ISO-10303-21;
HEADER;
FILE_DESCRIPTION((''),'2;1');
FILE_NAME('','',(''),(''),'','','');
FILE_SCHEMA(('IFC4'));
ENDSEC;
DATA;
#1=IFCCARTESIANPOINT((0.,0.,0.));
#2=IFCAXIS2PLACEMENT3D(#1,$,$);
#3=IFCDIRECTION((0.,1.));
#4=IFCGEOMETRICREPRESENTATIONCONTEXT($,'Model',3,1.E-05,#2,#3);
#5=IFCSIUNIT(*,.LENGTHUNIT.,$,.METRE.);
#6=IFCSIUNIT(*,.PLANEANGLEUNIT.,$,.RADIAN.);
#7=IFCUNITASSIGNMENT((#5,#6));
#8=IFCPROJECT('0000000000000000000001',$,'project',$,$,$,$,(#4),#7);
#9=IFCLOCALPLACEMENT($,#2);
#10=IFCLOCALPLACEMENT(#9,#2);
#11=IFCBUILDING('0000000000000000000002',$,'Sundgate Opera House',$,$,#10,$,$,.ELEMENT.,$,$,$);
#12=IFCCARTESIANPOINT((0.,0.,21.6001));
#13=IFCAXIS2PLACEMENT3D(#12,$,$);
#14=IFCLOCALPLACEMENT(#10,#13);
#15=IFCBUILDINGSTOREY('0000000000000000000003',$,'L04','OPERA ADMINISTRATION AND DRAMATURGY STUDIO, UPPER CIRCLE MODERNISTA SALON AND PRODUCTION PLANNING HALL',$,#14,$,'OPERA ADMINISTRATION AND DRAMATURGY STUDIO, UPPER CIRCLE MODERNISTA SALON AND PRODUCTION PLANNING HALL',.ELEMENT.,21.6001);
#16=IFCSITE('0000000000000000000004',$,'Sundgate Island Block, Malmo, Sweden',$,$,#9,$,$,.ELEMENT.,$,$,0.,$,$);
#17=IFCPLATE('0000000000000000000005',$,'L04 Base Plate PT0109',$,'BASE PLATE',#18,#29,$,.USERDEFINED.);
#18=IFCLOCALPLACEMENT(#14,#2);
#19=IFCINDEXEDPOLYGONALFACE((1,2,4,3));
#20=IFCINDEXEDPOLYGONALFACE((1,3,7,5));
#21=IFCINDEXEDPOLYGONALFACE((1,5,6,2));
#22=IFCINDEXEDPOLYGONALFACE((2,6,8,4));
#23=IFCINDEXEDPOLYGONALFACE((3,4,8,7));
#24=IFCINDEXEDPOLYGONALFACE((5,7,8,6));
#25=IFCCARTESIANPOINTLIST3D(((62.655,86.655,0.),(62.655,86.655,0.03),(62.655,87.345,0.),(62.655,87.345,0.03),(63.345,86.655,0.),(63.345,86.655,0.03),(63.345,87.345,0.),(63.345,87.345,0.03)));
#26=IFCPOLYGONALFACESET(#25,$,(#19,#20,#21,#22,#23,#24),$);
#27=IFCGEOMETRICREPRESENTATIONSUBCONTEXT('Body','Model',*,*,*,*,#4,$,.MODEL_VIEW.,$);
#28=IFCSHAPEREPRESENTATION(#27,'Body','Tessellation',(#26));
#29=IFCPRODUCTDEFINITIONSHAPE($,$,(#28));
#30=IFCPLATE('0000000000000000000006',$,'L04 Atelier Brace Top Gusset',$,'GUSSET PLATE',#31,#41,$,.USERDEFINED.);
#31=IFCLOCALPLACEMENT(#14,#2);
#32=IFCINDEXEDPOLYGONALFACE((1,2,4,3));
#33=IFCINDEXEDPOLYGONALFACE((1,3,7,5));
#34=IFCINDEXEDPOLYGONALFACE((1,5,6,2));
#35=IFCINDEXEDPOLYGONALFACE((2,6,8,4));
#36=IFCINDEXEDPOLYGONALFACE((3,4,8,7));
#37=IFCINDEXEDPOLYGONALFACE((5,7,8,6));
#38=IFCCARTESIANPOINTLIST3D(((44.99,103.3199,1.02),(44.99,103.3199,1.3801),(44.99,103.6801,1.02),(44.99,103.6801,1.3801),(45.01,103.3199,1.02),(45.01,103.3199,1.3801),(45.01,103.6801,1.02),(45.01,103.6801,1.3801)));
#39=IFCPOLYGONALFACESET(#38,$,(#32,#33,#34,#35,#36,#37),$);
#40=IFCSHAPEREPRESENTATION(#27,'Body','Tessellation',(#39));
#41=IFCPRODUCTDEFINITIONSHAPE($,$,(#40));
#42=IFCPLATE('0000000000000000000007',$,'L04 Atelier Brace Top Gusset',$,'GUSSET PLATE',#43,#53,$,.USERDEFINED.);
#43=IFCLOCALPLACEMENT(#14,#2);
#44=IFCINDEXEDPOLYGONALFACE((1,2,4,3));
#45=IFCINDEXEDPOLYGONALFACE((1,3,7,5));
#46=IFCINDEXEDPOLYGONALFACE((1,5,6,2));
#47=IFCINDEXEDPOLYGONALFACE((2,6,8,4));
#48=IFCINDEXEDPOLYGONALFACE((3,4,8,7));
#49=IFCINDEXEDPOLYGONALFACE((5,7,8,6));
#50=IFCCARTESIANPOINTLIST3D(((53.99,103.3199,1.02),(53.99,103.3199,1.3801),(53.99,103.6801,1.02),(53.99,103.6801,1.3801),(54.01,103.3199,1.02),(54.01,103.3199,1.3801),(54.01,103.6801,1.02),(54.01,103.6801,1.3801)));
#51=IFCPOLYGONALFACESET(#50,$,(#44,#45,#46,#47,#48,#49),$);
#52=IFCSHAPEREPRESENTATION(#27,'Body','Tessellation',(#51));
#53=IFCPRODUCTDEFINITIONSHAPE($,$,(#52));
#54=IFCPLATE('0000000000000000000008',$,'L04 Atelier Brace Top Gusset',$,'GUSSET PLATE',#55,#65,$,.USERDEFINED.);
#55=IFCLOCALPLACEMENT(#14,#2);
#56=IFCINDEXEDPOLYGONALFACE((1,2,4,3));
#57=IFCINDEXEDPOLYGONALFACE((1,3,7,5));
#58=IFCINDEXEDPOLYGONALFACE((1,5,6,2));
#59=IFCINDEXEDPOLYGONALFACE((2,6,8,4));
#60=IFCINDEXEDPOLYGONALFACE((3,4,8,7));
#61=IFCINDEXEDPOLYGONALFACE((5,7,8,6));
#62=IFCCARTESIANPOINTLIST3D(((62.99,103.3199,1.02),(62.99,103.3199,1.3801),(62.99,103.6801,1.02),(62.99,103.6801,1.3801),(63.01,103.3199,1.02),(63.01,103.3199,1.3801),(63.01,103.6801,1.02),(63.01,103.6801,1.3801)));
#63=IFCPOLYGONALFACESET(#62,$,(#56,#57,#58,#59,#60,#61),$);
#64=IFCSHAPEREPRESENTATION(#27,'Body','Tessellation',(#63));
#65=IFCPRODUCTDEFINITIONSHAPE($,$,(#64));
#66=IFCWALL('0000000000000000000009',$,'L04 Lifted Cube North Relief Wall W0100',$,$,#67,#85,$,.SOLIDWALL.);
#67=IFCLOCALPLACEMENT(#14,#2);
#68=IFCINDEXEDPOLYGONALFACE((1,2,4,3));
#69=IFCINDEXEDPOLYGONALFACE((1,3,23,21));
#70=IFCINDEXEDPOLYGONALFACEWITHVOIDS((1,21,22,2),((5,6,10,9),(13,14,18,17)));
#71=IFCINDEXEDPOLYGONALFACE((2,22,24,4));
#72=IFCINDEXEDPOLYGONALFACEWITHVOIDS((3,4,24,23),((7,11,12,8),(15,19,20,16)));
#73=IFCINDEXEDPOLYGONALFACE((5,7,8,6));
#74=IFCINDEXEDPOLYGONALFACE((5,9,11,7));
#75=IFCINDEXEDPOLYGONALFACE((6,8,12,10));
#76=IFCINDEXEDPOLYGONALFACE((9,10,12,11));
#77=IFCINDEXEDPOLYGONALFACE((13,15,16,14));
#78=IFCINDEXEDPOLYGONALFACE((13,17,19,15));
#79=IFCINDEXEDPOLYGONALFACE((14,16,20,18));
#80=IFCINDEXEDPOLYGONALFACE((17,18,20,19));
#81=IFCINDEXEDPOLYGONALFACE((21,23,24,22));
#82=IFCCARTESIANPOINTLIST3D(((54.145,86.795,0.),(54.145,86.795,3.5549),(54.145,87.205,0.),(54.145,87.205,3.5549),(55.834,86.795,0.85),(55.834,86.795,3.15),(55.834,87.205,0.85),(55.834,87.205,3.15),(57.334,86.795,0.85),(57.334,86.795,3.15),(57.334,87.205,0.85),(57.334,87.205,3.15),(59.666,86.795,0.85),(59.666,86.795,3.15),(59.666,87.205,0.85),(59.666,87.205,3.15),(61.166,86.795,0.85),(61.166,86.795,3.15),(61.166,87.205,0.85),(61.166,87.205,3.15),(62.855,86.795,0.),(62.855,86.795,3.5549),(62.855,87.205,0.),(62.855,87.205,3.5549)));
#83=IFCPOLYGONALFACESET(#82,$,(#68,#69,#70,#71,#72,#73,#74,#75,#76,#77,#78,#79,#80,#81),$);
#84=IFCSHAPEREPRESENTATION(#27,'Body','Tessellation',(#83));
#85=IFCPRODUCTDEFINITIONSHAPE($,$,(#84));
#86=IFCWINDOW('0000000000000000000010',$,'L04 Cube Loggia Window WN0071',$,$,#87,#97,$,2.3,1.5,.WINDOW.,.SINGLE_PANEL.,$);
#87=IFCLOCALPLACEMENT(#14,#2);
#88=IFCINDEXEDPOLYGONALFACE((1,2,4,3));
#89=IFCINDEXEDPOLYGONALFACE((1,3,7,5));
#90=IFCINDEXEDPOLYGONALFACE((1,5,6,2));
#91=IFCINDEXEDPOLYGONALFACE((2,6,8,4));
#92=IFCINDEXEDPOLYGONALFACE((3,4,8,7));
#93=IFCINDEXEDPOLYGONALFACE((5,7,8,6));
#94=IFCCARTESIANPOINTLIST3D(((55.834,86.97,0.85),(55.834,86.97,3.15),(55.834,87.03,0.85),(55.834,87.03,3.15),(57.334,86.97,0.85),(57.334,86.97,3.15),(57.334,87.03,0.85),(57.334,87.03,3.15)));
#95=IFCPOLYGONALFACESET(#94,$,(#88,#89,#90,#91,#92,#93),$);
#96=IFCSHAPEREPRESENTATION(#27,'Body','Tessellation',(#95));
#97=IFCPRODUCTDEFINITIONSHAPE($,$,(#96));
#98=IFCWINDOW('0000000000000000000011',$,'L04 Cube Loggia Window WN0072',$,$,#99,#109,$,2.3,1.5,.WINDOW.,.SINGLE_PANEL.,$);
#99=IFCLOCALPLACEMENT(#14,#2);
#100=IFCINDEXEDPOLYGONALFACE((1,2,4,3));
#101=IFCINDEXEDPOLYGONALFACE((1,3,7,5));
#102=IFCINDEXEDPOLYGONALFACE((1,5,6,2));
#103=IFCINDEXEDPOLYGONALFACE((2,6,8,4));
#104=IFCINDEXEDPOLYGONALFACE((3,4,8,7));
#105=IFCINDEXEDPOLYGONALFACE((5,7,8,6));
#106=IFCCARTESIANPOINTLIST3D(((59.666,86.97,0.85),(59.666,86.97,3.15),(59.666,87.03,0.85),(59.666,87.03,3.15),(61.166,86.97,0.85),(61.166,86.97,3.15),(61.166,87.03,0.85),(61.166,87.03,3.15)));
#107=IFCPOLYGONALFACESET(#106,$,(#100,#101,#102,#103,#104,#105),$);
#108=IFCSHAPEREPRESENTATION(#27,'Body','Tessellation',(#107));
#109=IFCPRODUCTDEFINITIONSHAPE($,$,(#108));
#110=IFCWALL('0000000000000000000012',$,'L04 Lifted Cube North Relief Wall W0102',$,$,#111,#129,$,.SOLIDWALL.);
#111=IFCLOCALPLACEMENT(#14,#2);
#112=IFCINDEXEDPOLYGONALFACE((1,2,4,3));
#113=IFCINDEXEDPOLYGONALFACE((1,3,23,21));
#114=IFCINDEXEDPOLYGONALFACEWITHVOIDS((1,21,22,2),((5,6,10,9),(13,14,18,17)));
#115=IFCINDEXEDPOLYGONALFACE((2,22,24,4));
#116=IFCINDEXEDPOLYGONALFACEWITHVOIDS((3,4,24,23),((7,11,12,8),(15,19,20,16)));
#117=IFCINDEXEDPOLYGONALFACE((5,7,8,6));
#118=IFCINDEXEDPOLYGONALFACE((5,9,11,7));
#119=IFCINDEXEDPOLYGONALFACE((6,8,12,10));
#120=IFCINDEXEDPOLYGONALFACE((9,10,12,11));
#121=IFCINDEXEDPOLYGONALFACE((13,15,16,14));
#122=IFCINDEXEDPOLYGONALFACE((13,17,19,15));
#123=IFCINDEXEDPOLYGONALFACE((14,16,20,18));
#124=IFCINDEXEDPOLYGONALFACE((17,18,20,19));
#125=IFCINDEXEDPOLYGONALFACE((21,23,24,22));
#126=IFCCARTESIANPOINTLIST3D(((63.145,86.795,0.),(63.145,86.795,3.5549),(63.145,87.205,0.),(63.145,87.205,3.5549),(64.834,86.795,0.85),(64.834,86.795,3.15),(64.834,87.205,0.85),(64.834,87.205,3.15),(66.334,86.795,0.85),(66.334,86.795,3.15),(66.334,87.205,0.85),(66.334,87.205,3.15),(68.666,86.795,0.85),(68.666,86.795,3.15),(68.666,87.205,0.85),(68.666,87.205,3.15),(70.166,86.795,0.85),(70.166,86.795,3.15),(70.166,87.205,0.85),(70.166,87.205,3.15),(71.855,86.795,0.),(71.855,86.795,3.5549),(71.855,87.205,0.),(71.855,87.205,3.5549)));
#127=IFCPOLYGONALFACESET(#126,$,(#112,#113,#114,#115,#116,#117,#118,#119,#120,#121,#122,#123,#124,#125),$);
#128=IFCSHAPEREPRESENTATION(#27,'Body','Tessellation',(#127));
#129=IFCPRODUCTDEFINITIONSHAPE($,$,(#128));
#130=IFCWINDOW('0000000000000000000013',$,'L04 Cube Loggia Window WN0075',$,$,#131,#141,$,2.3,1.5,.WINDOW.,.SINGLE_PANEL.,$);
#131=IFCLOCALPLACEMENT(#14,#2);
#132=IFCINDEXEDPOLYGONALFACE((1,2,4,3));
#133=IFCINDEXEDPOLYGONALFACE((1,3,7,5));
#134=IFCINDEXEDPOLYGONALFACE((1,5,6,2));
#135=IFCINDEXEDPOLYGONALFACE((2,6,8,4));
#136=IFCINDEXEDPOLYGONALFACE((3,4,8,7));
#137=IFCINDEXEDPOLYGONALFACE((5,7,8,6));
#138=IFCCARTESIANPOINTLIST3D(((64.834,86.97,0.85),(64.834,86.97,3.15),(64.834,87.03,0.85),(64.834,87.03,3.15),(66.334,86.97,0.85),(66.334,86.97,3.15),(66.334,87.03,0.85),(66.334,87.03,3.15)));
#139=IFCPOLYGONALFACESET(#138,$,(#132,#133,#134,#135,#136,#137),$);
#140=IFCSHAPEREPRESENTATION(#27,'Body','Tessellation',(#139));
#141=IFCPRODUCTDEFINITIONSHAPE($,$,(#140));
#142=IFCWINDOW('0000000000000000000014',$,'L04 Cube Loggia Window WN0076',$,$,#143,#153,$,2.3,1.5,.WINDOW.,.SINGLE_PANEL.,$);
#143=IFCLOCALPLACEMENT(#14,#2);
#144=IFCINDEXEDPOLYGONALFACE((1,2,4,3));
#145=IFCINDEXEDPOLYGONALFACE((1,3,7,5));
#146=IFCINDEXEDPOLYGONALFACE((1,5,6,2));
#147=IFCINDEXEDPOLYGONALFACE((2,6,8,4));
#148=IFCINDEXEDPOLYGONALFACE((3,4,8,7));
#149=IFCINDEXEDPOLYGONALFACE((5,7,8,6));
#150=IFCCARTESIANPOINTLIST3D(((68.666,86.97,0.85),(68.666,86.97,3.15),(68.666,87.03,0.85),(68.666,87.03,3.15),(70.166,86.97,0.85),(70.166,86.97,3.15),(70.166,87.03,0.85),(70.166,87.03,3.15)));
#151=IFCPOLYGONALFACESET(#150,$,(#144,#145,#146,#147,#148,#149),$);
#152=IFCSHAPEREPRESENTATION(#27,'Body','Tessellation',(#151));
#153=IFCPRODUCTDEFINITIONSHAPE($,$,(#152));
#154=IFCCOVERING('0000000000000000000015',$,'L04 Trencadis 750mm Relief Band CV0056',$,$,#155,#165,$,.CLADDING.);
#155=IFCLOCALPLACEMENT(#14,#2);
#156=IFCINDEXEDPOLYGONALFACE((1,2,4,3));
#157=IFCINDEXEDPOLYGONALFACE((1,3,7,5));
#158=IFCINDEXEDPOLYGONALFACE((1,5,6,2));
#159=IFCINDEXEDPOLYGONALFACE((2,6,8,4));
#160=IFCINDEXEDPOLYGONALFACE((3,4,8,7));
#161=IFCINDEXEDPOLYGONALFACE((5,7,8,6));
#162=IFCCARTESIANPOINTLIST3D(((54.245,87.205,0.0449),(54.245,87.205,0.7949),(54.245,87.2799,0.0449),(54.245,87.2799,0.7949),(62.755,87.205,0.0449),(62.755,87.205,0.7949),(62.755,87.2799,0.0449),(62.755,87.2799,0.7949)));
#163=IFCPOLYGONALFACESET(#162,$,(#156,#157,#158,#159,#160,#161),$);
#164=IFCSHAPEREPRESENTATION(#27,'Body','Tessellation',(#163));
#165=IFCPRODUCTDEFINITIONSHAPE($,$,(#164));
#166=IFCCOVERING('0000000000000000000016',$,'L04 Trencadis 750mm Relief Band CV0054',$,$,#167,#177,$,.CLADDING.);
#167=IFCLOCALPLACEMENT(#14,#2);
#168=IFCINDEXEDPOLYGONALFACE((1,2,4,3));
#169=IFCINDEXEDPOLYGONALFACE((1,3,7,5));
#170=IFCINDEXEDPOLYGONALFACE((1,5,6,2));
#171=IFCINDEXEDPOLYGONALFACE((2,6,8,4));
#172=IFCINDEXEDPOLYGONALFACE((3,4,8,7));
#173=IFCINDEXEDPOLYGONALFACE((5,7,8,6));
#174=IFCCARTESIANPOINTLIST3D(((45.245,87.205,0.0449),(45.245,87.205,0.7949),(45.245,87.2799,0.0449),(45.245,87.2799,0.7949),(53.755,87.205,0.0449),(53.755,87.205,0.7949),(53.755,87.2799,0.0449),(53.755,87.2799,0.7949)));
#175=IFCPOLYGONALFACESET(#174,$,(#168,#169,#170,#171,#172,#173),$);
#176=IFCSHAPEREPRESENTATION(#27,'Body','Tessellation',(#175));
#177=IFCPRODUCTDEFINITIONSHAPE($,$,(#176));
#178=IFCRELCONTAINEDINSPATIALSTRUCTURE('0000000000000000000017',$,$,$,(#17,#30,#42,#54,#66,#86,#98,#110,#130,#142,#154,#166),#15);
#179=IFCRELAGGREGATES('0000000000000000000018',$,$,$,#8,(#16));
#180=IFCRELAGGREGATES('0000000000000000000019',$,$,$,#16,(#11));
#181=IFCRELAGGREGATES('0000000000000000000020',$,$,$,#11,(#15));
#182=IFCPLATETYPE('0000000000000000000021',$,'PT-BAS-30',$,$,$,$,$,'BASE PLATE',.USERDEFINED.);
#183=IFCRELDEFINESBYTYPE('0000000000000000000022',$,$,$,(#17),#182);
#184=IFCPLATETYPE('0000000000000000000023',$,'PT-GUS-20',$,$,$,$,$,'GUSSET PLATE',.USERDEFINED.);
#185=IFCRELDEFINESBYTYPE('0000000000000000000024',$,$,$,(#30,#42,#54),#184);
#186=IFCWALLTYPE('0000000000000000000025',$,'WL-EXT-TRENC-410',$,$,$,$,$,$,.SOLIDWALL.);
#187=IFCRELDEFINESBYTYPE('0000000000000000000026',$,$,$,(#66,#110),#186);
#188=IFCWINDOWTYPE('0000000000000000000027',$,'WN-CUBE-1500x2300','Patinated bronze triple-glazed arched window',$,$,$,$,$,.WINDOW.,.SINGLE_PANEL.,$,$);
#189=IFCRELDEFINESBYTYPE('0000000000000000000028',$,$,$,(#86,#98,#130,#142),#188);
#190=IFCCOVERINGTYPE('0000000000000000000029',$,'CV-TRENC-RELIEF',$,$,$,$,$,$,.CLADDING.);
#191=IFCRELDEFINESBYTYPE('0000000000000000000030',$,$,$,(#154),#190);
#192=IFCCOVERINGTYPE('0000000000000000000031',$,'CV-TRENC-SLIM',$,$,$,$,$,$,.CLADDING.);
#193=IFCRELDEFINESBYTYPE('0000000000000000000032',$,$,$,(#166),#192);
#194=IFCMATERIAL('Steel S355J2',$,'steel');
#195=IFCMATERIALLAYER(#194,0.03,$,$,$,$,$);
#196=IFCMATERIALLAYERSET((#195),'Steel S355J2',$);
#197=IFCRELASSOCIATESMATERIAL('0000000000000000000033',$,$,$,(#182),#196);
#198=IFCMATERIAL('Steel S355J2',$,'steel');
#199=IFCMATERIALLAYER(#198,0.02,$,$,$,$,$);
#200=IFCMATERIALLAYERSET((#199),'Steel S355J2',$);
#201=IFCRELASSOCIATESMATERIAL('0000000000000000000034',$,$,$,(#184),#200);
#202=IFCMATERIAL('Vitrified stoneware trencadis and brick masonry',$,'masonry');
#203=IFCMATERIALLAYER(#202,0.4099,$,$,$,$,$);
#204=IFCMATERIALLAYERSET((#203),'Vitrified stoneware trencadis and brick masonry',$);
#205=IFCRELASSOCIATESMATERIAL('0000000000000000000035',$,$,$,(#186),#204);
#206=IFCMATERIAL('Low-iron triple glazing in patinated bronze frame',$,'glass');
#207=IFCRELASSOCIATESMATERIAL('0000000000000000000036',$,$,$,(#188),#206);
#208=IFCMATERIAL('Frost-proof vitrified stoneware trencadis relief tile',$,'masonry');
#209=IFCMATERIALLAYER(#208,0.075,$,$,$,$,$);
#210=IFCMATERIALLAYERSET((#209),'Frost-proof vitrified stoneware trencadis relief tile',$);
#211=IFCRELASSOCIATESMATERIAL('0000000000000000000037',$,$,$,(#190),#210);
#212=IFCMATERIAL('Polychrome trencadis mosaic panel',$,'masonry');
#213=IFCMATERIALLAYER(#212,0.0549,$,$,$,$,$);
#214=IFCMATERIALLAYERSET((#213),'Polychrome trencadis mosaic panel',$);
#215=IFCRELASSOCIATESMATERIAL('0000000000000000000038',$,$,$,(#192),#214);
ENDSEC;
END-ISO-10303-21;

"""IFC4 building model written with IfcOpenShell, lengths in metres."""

from ifc_helpers import new_model, si_unit, direction, frame, frame_2d, origin, origin_2d, place, context, subcontext, project, spatial, rectangle, extrude, material, layer, layer_set, type_object, element, fill, save


model = new_model("IFC4")

# Units and contexts
model_context = context("Model", 3, precision=1e-05, world=origin(), true_north=direction((0.0, 1.0)))
body_context = subcontext(model_context, "Body", "Model", "MODEL_VIEW")
ifc_project = project(units=[si_unit("LENGTHUNIT", "METRE"), si_unit("PLANEANGLEUNIT", "RADIAN")], contexts=[model_context])

# Site, building, storey
site_placement = place(None, origin())
site = spatial("IfcSite", under=ifc_project, at=site_placement, Name="Sundgate Island Block, Malmo, Sweden", CompositionType="ELEMENT", RefElevation=0.0)
building_placement = place(site_placement, origin())
building = spatial("IfcBuilding", under=site, at=building_placement, Name="Sundgate Opera House", CompositionType="ELEMENT")
storey_placement = place(building_placement, frame((0.0, 0.0, 21.6001)))
storey = spatial("IfcBuildingStorey", under=building, at=storey_placement, Name="L04", Description="OPERA ADMINISTRATION AND DRAMATURGY STUDIO, UPPER CIRCLE MODERNISTA SALON AND PRODUCTION PLANNING HALL", LongName="OPERA ADMINISTRATION AND DRAMATURGY STUDIO, UPPER CIRCLE MODERNISTA SALON AND PRODUCTION PLANNING HALL", CompositionType="ELEMENT", Elevation=21.6001)

# Plates
ifc_material_1 = material(Name="Steel S355J2", Category="steel")
ifc_layer_1 = layer(ifc_material_1, 0.03)
ifc_layer_set_1 = layer_set([ifc_layer_1], Name="Steel S355J2")
plate_type_1 = type_object("IfcPlateType", Name="PT-BAS-30", ElementType="BASE PLATE", PredefinedType="USERDEFINED", material=ifc_layer_set_1)
plate_1_placement = place(storey_placement, frame((63.0, 87.0, 0.0), z_axis=(0.0, 0.0, 1.0), x_axis=(1.0, 0.0, 0.0)))
element("IfcPlate", 1, at=plate_1_placement, inside=storey, type_object=plate_type_1, Name="L04 Base Plate PT0109", ObjectType="BASE PLATE", PredefinedType="USERDEFINED", context=body_context, shape_type="SweptSolid", body=[
    extrude(rectangle(XDim=0.6899, YDim=0.6899, at=origin_2d()), origin(), (0.0, 0.0, 1.0), 0.03),
])
ifc_material_2 = material(Name="Steel S355J2", Category="steel")
ifc_layer_2 = layer(ifc_material_2, 0.02)
ifc_layer_set_2 = layer_set([ifc_layer_2], Name="Steel S355J2")
plate_type_2 = type_object("IfcPlateType", Name="PT-GUS-20", ElementType="GUSSET PLATE", PredefinedType="USERDEFINED", material=ifc_layer_set_2)
for number, where, z_axis, x_axis, name in (
    (2, (45.0, 103.5, 1.02), (0.0, 0.0, 1.0), (1.0, 0.0, 0.0), "L04 Atelier Brace Top Gusset"),
    (3, (54.0, 103.5, 1.02), (0.0, 0.0, 1.0), (1.0, 0.0, 0.0), "L04 Atelier Brace Top Gusset"),
    (4, (63.0, 103.5, 1.02), (0.0, 0.0, 1.0), (1.0, 0.0, 0.0), "L04 Atelier Brace Top Gusset"),
):
    element("IfcPlate", number, at=place(storey_placement, frame(where, z_axis=z_axis, x_axis=x_axis)), inside=storey, type_object=plate_type_2, Name=name, ObjectType="GUSSET PLATE", PredefinedType="USERDEFINED", context=body_context, shape_type="SweptSolid", body=[
        extrude(rectangle(XDim=0.02, YDim=0.3601, at=origin_2d()), origin(), (0.0, 0.0, 1.0), 0.3601),
    ])

# Walls, openings, windows
ifc_material_3 = material(Name="Vitrified stoneware trencadis and brick masonry", Category="masonry")
ifc_layer_3 = layer(ifc_material_3, 0.4099)
ifc_layer_set_3 = layer_set([ifc_layer_3], Name="Vitrified stoneware trencadis and brick masonry")
wall_type = type_object("IfcWallType", Name="WL-EXT-TRENC-410", PredefinedType="SOLIDWALL", material=ifc_layer_set_3)
wall_1_placement = place(storey_placement, frame((54.145, 87.0, 0.0), z_axis=(0.0, 0.0, 1.0), x_axis=(1.0, 0.0, 0.0)))
wall_1 = element("IfcWall", 5, at=wall_1_placement, inside=storey, type_object=wall_type, Name="L04 Lifted Cube North Relief Wall W0100", PredefinedType="SOLIDWALL", context=body_context, shape_type="SweptSolid", body=[
    extrude(rectangle(XDim=8.71, YDim=0.4099, at=frame_2d((4.355, 0.0))), origin(), (0.0, 0.0, 1.0), 3.5549),
])
opening_1_placement = place(wall_1_placement, frame((1.689, 0.0, 0.8501)))
opening_1 = element("IfcOpeningElement", 6, at=opening_1_placement, cuts=wall_1, PredefinedType="OPENING", context=body_context, shape_type="SweptSolid", body=[
    extrude(rectangle(XDim=1.5, YDim=2.3, at=frame_2d((0.75, 1.1499))), frame((0.0, 0.2148, 0.0), z_axis=(0.0, -1.0, 0.0), x_axis=(1.0, 0.0, 0.0)), (0.0, 0.0, 1.0), 0.4299),
])
opening_2_placement = place(wall_1_placement, frame((5.521, 0.0, 0.8501)))
opening_2 = element("IfcOpeningElement", 7, at=opening_2_placement, cuts=wall_1, PredefinedType="OPENING", context=body_context, shape_type="SweptSolid", body=[
    extrude(rectangle(XDim=1.5, YDim=2.3, at=frame_2d((0.75, 1.1499))), frame((0.0, 0.2148, 0.0), z_axis=(0.0, -1.0, 0.0), x_axis=(1.0, 0.0, 0.0)), (0.0, 0.0, 1.0), 0.4299),
])
ifc_material_4 = material(Name="Low-iron triple glazing in patinated bronze frame", Category="glass")
window_type = type_object("IfcWindowType", Name="WN-CUBE-1500x2300", Description="Patinated bronze triple-glazed arched window", PartitioningType="SINGLE_PANEL", PredefinedType="WINDOW", material=ifc_material_4)
window_1_placement = place(opening_1_placement, origin())
window_1 = element("IfcWindow", 8, at=window_1_placement, inside=storey, type_object=window_type, Name="L04 Cube Loggia Window WN0071", OverallHeight=2.3, OverallWidth=1.5, PartitioningType="SINGLE_PANEL", PredefinedType="WINDOW", context=body_context, shape_type="SweptSolid", body=[
    extrude(rectangle(XDim=1.5, YDim=2.3, at=frame_2d((0.75, 1.1499))), frame((0.0, 0.03, 0.0), z_axis=(0.0, -1.0, 0.0), x_axis=(1.0, 0.0, 0.0)), (0.0, 0.0, 1.0), 0.0601),
])
fill(opening_1, window_1)
window_2_placement = place(opening_2_placement, origin())
window_2 = element("IfcWindow", 9, at=window_2_placement, inside=storey, type_object=window_type, Name="L04 Cube Loggia Window WN0072", OverallHeight=2.3, OverallWidth=1.5, PartitioningType="SINGLE_PANEL", PredefinedType="WINDOW", context=body_context, shape_type="SweptSolid", body=[
    extrude(rectangle(XDim=1.5, YDim=2.3, at=frame_2d((0.75, 1.1499))), frame((0.0, 0.03, 0.0), z_axis=(0.0, -1.0, 0.0), x_axis=(1.0, 0.0, 0.0)), (0.0, 0.0, 1.0), 0.0601),
])
fill(opening_2, window_2)
wall_2_placement = place(storey_placement, frame((63.145, 87.0, 0.0), z_axis=(0.0, 0.0, 1.0), x_axis=(1.0, 0.0, 0.0)))
wall_2 = element("IfcWall", 10, at=wall_2_placement, inside=storey, type_object=wall_type, Name="L04 Lifted Cube North Relief Wall W0102", PredefinedType="SOLIDWALL", context=body_context, shape_type="SweptSolid", body=[
    extrude(rectangle(XDim=8.71, YDim=0.4099, at=frame_2d((4.355, 0.0))), origin(), (0.0, 0.0, 1.0), 3.5549),
])
opening_3_placement = place(wall_2_placement, frame((1.689, 0.0, 0.8501)))
opening_3 = element("IfcOpeningElement", 11, at=opening_3_placement, cuts=wall_2, PredefinedType="OPENING", context=body_context, shape_type="SweptSolid", body=[
    extrude(rectangle(XDim=1.5, YDim=2.3, at=frame_2d((0.75, 1.1499))), frame((0.0, 0.2148, 0.0), z_axis=(0.0, -1.0, 0.0), x_axis=(1.0, 0.0, 0.0)), (0.0, 0.0, 1.0), 0.4299),
])
opening_4_placement = place(wall_2_placement, frame((5.521, 0.0, 0.8501)))
opening_4 = element("IfcOpeningElement", 12, at=opening_4_placement, cuts=wall_2, PredefinedType="OPENING", context=body_context, shape_type="SweptSolid", body=[
    extrude(rectangle(XDim=1.5, YDim=2.3, at=frame_2d((0.75, 1.1499))), frame((0.0, 0.2148, 0.0), z_axis=(0.0, -1.0, 0.0), x_axis=(1.0, 0.0, 0.0)), (0.0, 0.0, 1.0), 0.4299),
])
window_3_placement = place(opening_3_placement, origin())
window_3 = element("IfcWindow", 13, at=window_3_placement, inside=storey, type_object=window_type, Name="L04 Cube Loggia Window WN0075", OverallHeight=2.3, OverallWidth=1.5, PartitioningType="SINGLE_PANEL", PredefinedType="WINDOW", context=body_context, shape_type="SweptSolid", body=[
    extrude(rectangle(XDim=1.5, YDim=2.3, at=frame_2d((0.75, 1.1499))), frame((0.0, 0.03, 0.0), z_axis=(0.0, -1.0, 0.0), x_axis=(1.0, 0.0, 0.0)), (0.0, 0.0, 1.0), 0.0601),
])
fill(opening_3, window_3)
window_4_placement = place(opening_4_placement, origin())
window_4 = element("IfcWindow", 14, at=window_4_placement, inside=storey, type_object=window_type, Name="L04 Cube Loggia Window WN0076", OverallHeight=2.3, OverallWidth=1.5, PartitioningType="SINGLE_PANEL", PredefinedType="WINDOW", context=body_context, shape_type="SweptSolid", body=[
    extrude(rectangle(XDim=1.5, YDim=2.3, at=frame_2d((0.75, 1.1499))), frame((0.0, 0.03, 0.0), z_axis=(0.0, -1.0, 0.0), x_axis=(1.0, 0.0, 0.0)), (0.0, 0.0, 1.0), 0.0601),
])
fill(opening_4, window_4)

# Coverings
ifc_material_5 = material(Name="Frost-proof vitrified stoneware trencadis relief tile", Category="masonry")
ifc_layer_4 = layer(ifc_material_5, 0.075)
ifc_layer_set_4 = layer_set([ifc_layer_4], Name="Frost-proof vitrified stoneware trencadis relief tile")
covering_type_1 = type_object("IfcCoveringType", Name="CV-TRENC-RELIEF", PredefinedType="CLADDING", material=ifc_layer_set_4)
covering_1_placement = place(storey_placement, frame((58.5, 87.2424, 0.0449), z_axis=(0.0, 0.0, 1.0), x_axis=(1.0, 0.0, 0.0)))
element("IfcCovering", 15, at=covering_1_placement, inside=storey, type_object=covering_type_1, Name="L04 Trencadis 750mm Relief Band CV0056", PredefinedType="CLADDING", context=body_context, shape_type="SweptSolid", body=[
    extrude(rectangle(XDim=8.51, YDim=0.075, at=origin_2d()), origin(), (0.0, 0.0, 1.0), 0.75),
])
ifc_material_6 = material(Name="Polychrome trencadis mosaic panel", Category="masonry")
ifc_layer_5 = layer(ifc_material_6, 0.0549)
ifc_layer_set_5 = layer_set([ifc_layer_5], Name="Polychrome trencadis mosaic panel")
covering_type_2 = type_object("IfcCoveringType", Name="CV-TRENC-SLIM", PredefinedType="CLADDING", material=ifc_layer_set_5)
covering_2_placement = place(storey_placement, frame((49.5, 87.2424, 0.0449), z_axis=(0.0, 0.0, 1.0), x_axis=(1.0, 0.0, 0.0)))
element("IfcCovering", 16, at=covering_2_placement, inside=storey, type_object=covering_type_2, Name="L04 Trencadis 750mm Relief Band CV0054", PredefinedType="CLADDING", context=body_context, shape_type="SweptSolid", body=[
    extrude(rectangle(XDim=8.51, YDim=0.075, at=origin_2d()), origin(), (0.0, 0.0, 1.0), 0.75),
])

save(model, "model.ifc")
